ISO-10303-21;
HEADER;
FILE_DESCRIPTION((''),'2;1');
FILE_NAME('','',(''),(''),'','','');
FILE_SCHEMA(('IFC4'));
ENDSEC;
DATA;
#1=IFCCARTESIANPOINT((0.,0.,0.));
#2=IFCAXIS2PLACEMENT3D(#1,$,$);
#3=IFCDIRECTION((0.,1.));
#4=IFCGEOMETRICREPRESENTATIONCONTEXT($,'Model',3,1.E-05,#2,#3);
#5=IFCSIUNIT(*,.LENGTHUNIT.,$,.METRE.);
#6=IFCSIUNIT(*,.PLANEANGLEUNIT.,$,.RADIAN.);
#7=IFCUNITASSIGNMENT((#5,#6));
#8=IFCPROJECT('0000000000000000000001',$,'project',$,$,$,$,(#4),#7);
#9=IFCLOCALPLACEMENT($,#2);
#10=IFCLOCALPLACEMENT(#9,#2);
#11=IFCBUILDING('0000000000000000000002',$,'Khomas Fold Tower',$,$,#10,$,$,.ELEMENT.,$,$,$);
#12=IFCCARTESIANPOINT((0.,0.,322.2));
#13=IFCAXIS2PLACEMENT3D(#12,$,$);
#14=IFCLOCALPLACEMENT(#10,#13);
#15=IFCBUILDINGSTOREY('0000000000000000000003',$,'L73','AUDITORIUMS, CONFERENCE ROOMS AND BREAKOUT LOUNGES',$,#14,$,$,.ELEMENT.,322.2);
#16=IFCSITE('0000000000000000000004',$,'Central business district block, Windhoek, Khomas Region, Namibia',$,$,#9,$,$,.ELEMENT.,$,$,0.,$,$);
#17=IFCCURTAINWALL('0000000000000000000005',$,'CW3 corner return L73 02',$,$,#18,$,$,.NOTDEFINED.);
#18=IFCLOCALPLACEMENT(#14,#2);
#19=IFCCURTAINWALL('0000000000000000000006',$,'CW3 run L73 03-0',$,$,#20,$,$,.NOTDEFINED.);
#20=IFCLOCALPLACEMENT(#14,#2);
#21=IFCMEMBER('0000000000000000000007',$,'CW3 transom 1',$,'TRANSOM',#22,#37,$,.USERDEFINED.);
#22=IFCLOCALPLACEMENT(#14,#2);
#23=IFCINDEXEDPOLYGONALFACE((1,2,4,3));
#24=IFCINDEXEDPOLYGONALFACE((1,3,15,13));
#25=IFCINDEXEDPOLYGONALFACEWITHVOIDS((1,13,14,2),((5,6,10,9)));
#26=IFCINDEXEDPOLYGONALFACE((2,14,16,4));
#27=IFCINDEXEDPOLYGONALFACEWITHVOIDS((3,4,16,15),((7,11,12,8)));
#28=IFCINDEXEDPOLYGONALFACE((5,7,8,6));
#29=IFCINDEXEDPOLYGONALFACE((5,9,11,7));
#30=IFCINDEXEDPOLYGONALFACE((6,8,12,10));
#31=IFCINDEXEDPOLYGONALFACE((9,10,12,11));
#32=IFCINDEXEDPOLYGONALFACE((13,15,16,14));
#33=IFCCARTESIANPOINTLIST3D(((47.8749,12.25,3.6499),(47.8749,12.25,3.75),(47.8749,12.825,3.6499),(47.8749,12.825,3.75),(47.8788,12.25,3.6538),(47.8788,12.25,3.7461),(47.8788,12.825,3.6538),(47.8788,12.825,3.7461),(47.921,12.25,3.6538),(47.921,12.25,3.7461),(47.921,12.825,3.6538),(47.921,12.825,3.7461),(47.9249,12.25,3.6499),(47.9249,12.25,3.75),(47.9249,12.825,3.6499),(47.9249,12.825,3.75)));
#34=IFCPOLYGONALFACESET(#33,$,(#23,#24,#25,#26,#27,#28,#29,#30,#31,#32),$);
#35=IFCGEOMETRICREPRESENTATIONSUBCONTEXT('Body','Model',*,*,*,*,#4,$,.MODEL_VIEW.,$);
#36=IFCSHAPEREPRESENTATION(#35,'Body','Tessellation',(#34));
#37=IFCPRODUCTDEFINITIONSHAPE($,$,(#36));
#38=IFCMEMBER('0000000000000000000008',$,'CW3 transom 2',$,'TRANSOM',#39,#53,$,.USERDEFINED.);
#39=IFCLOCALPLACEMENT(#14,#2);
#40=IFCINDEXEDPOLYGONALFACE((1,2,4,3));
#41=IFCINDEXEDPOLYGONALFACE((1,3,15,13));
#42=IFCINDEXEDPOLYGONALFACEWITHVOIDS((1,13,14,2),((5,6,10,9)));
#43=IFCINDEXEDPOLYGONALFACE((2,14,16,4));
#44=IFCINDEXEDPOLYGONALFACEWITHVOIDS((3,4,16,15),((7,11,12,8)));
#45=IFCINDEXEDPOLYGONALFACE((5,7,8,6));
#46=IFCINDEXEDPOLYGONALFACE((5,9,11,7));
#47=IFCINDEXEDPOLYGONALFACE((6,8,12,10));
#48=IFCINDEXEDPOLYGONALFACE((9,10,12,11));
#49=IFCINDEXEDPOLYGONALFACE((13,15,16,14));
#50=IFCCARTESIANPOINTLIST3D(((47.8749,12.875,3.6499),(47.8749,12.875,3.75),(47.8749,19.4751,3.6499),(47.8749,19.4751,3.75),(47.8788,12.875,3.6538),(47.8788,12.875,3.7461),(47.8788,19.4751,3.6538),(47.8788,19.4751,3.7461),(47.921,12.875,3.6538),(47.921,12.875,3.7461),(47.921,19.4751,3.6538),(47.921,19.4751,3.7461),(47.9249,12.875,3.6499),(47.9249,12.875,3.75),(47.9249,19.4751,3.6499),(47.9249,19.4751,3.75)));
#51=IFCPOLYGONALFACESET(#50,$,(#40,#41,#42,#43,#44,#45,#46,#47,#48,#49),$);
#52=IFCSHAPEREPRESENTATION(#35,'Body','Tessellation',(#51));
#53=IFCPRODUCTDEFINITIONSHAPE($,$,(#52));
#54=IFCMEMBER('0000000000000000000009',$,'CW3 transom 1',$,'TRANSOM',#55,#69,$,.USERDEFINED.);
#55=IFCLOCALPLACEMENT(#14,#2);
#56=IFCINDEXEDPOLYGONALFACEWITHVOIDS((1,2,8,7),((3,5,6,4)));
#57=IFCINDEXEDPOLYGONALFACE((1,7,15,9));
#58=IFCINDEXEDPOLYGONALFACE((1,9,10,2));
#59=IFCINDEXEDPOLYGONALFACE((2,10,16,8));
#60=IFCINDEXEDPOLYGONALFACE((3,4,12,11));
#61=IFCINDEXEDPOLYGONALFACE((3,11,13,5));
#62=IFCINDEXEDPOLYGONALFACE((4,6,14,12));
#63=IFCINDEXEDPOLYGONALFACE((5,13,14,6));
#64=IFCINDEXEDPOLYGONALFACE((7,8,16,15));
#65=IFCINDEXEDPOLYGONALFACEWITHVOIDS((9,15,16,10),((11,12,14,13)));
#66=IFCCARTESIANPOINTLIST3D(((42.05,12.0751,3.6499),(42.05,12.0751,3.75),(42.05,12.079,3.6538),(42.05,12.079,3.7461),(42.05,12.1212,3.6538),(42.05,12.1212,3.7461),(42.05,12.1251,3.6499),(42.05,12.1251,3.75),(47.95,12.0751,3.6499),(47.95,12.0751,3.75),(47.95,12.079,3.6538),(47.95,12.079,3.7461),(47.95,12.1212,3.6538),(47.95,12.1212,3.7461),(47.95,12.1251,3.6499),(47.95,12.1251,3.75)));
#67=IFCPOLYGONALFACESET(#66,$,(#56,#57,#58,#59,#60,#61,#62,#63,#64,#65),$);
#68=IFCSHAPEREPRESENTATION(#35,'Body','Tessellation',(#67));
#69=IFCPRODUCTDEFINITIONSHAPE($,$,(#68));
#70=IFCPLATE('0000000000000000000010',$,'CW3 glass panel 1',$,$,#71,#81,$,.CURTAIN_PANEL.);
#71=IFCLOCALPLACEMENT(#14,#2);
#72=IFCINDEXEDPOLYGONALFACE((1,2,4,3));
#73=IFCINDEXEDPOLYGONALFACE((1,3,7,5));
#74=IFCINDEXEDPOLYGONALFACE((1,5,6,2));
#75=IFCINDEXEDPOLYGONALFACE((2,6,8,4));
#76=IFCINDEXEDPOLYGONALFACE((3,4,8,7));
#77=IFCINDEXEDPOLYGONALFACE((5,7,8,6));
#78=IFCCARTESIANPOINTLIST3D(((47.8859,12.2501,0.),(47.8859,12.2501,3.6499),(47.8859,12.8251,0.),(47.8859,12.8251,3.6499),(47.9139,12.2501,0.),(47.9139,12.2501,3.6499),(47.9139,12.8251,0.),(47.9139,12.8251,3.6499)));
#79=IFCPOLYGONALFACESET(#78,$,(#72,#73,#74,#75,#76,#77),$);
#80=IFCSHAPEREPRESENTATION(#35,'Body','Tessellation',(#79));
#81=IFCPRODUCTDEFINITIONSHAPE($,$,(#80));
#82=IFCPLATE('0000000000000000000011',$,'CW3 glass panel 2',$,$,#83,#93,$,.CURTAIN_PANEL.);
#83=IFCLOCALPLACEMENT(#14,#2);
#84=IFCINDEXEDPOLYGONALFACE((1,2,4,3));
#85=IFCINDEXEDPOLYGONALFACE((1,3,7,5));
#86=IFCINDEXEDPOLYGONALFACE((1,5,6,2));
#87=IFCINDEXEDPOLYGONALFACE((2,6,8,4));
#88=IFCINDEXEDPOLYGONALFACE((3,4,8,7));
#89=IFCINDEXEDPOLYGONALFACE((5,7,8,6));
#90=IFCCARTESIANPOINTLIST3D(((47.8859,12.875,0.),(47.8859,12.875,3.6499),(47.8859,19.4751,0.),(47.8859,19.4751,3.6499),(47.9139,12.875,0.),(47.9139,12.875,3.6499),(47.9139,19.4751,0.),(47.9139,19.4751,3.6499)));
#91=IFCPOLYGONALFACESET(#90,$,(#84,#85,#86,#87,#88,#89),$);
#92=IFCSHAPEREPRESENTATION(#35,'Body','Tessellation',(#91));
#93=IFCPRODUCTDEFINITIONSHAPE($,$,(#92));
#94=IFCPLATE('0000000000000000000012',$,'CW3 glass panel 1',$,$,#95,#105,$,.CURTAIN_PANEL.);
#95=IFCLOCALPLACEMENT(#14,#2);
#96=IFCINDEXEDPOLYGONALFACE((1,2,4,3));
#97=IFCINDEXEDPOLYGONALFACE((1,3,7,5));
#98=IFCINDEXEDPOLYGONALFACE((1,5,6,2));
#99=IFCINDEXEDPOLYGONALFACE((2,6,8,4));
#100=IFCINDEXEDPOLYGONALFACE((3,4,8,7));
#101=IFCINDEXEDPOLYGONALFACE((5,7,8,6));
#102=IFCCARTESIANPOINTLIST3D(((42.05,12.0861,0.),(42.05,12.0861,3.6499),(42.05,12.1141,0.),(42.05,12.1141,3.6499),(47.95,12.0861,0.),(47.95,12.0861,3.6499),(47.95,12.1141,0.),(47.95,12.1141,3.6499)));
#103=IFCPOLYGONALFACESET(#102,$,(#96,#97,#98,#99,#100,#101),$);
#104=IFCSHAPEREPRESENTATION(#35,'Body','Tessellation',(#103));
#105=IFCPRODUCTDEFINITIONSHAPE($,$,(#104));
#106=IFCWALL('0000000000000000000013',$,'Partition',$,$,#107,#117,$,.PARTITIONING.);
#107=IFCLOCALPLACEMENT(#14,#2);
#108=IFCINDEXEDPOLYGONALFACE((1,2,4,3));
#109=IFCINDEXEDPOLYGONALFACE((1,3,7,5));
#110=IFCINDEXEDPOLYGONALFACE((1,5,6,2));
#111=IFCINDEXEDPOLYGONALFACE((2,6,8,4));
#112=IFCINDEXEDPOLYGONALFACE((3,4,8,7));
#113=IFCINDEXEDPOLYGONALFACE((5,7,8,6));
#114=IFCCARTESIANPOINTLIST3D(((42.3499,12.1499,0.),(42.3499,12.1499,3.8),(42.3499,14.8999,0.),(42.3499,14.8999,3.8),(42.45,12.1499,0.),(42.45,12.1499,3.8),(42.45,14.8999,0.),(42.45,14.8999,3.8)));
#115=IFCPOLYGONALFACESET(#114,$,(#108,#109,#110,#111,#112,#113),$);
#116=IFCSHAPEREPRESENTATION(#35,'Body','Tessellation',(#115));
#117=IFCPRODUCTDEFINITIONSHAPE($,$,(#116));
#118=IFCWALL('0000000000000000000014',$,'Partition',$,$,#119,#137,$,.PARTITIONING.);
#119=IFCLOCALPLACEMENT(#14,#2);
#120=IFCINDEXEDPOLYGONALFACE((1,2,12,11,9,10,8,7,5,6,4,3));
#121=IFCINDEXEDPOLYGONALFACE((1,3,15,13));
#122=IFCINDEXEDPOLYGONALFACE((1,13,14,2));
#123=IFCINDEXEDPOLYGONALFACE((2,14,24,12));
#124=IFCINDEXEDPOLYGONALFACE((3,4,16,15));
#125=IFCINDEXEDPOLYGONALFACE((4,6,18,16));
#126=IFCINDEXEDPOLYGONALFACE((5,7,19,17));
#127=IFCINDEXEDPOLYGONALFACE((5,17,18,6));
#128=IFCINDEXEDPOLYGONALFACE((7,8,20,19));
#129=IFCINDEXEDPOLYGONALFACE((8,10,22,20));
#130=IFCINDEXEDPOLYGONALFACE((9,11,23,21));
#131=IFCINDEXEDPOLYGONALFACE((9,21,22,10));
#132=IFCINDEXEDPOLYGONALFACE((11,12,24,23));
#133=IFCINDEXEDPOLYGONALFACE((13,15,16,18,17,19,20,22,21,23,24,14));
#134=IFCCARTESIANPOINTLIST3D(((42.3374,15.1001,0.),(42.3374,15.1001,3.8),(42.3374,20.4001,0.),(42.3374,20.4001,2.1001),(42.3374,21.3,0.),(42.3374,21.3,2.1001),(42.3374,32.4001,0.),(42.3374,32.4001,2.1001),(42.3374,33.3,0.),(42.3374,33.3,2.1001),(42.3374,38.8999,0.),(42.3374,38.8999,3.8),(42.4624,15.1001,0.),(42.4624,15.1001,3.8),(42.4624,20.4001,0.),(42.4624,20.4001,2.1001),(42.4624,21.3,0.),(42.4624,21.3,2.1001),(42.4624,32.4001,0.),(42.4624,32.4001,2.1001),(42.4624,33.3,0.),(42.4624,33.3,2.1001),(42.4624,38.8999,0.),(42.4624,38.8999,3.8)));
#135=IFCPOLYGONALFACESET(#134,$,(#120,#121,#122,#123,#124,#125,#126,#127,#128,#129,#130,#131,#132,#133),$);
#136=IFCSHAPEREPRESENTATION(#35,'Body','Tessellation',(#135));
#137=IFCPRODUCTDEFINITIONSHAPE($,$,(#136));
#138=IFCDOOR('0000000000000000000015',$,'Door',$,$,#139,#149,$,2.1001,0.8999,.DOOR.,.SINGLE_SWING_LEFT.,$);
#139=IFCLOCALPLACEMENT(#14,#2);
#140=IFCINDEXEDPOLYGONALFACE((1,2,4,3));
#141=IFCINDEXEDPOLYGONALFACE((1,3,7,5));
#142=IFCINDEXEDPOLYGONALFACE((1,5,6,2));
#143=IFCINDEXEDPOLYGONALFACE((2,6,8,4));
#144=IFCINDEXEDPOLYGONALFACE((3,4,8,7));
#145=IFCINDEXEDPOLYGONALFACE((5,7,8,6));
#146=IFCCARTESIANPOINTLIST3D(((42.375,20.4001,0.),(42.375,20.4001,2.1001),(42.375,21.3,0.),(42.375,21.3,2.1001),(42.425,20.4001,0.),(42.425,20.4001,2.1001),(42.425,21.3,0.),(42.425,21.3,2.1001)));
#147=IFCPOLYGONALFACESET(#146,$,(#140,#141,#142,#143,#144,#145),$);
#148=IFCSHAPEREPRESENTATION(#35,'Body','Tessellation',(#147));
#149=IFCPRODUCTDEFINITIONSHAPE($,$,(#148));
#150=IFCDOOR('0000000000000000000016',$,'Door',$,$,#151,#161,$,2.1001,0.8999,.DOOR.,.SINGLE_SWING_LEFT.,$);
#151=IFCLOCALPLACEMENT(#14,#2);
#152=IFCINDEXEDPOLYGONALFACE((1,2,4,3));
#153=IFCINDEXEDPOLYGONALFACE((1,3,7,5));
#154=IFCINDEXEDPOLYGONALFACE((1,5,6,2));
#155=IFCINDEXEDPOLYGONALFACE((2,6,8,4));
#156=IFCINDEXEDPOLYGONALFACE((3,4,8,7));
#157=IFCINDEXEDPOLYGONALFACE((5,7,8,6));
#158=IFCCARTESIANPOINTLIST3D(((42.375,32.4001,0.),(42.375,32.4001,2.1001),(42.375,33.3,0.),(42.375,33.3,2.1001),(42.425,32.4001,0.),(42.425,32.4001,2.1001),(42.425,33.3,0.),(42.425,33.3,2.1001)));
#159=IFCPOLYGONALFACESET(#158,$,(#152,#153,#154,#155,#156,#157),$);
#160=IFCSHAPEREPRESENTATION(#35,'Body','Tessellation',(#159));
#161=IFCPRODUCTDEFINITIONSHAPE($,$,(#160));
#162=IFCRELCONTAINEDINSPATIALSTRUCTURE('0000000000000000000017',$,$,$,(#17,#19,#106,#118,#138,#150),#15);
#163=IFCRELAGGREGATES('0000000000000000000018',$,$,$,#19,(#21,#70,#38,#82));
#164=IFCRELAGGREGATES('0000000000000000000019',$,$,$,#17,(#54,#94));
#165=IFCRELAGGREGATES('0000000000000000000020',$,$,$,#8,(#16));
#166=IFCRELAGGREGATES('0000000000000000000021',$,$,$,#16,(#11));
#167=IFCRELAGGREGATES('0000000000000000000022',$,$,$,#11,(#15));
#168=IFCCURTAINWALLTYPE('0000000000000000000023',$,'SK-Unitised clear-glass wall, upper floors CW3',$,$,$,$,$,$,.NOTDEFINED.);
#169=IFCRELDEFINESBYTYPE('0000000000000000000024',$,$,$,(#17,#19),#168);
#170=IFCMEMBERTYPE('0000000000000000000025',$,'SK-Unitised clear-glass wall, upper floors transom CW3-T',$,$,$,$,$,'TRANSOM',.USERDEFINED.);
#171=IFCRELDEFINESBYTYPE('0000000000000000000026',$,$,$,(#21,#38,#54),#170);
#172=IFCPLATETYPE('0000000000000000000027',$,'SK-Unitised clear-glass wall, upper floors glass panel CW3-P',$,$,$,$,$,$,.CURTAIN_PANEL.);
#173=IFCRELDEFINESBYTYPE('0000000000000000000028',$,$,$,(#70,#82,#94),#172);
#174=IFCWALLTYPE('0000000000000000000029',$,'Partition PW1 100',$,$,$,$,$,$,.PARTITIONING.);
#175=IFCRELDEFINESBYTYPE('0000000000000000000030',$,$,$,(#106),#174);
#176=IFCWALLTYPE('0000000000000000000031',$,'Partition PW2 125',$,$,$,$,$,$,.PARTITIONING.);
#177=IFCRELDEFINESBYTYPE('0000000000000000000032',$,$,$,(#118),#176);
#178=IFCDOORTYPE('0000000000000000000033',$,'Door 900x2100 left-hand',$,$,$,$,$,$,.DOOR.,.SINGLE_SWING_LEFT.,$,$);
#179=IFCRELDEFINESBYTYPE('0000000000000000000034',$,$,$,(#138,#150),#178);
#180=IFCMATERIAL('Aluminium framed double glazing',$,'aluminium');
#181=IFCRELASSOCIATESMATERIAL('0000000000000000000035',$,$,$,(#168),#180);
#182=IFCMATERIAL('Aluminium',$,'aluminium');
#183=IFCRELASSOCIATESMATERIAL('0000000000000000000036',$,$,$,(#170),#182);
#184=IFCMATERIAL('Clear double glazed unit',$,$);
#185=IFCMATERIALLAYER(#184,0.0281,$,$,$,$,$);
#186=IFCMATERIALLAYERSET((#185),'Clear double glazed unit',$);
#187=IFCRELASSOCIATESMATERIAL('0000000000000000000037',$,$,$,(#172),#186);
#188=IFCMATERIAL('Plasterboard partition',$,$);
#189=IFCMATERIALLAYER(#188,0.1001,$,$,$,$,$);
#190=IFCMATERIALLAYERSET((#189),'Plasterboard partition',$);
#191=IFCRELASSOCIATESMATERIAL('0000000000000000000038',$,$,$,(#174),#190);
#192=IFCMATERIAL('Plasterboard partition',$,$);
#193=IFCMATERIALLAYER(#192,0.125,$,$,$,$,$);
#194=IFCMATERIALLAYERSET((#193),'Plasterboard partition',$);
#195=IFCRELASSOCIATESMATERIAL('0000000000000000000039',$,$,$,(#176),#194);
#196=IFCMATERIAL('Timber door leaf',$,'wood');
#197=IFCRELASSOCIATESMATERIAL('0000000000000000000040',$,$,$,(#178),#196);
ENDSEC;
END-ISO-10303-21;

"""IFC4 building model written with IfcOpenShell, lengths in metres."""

from ifc_helpers import new_model, si_unit, direction, frame, frame_2d, origin, origin_2d, place, context, subcontext, project, spatial, rectangle, hollow_rectangle, extrude, source, transform, mapped, material, layer, layer_set, material_profile, profile_set, type_object, element, fill, aggregate, save


model = new_model("IFC4")

# Units and contexts
model_context = context("Model", 3, precision=1e-05, world=origin(), true_north=direction((0.0, 1.0)))
body_context = subcontext(model_context, "Body", "Model", "MODEL_VIEW")
ifc_project = project(units=[si_unit("LENGTHUNIT", "METRE"), si_unit("PLANEANGLEUNIT", "RADIAN")], contexts=[model_context])

# Site, building, storey
site_placement = place(None, origin())
site = spatial("IfcSite", under=ifc_project, at=site_placement, Name="Central business district block, Windhoek, Khomas Region, Namibia", CompositionType="ELEMENT", RefElevation=0.0)
building_placement = place(site_placement, origin())
building = spatial("IfcBuilding", under=site, at=building_placement, Name="Khomas Fold Tower", CompositionType="ELEMENT")
storey_placement = place(building_placement, frame((0.0, 0.0, 322.2)))
storey = spatial("IfcBuildingStorey", under=building, at=storey_placement, Name="L73", Description="AUDITORIUMS, CONFERENCE ROOMS AND BREAKOUT LOUNGES", CompositionType="ELEMENT", Elevation=322.2)

# Shared definitions
ifc_material_1 = material(Name="Aluminium framed double glazing", Category="aluminium")
curtain_wall_type = type_object("IfcCurtainWallType", Name="SK-Unitised clear-glass wall, upper floors CW3", PredefinedType="NOTDEFINED", material=ifc_material_1)

# Curtain walls, members
curtain_wall_1_placement = place(storey_placement, origin())
curtain_wall_1 = element("IfcCurtainWall", 1, at=curtain_wall_1_placement, inside=storey, type_object=curtain_wall_type, Name="CW3 corner return L73 02", PredefinedType="NOTDEFINED")
curtain_wall_2_placement = place(storey_placement, origin())
curtain_wall_2 = element("IfcCurtainWall", 2, at=curtain_wall_2_placement, inside=storey, type_object=curtain_wall_type, Name="CW3 run L73 03-0", PredefinedType="NOTDEFINED")
ifc_material_2 = material(Name="Aluminium", Category="aluminium")
ifc_material_profile_1 = material_profile(ifc_material_2, hollow_rectangle(XDim=0.05, YDim=0.1001, WallThickness=0.0039, at=origin_2d()), Name="SK-Unitised clear-glass wall, upper floors transom CW3-T")
ifc_profile_set_1 = profile_set([ifc_material_profile_1], Name="Aluminium")
member_type_1 = type_object("IfcMemberType", Name="SK-Unitised clear-glass wall, upper floors transom CW3-T", ElementType="TRANSOM", PredefinedType="USERDEFINED", material=ifc_profile_set_1)
shared_shape_1 = source(origin(), body_context, "Body", "SweptSolid", [
    extrude(hollow_rectangle(XDim=0.05, YDim=0.1001, WallThickness=0.0039, at=origin_2d()), origin(), (0.0, 0.0, 1.0), 0.575),
])
member_1_placement = place(storey_placement, frame((47.8999, 12.25, 3.7), z_axis=(0.0, 1.0, 0.0), x_axis=(-1.0, 0.0, 0.0)))
member_1 = element("IfcMember", 3, at=member_1_placement, type_object=member_type_1, Name="CW3 transom 1", ObjectType="TRANSOM", PredefinedType="USERDEFINED", context=body_context, shape_type="MappedRepresentation", body=[
    mapped(shared_shape_1, transform((0.0, 0.0, 0.0))),
])
shared_shape_2 = source(origin(), body_context, "Body", "SweptSolid", [
    extrude(hollow_rectangle(XDim=0.05, YDim=0.1001, WallThickness=0.0039, at=origin_2d()), origin(), (0.0, 0.0, 1.0), 6.6001),
])
member_2_placement = place(storey_placement, frame((47.8999, 12.875, 3.7), z_axis=(0.0, 1.0, 0.0), x_axis=(-1.0, 0.0, 0.0)))
member_2 = element("IfcMember", 4, at=member_2_placement, type_object=member_type_1, Name="CW3 transom 2", ObjectType="TRANSOM", PredefinedType="USERDEFINED", context=body_context, shape_type="MappedRepresentation", body=[
    mapped(shared_shape_2, transform((0.0, 0.0, 0.0))),
])

# Member
shared_shape_3 = source(origin(), body_context, "Body", "SweptSolid", [
    extrude(hollow_rectangle(XDim=0.05, YDim=0.1001, WallThickness=0.0039, at=origin_2d()), origin(), (0.0, 0.0, 1.0), 5.8999),
])
member_3_placement = place(storey_placement, frame((42.05, 12.1001, 3.7), z_axis=(1.0, 0.0, 0.0), x_axis=(0.0, 1.0, 0.0)))
member_3 = element("IfcMember", 5, at=member_3_placement, type_object=member_type_1, Name="CW3 transom 1", ObjectType="TRANSOM", PredefinedType="USERDEFINED", context=body_context, shape_type="MappedRepresentation", body=[
    mapped(shared_shape_3, transform((0.0, 0.0, 0.0))),
])

# Plates
ifc_material_3 = material(Name="Clear double glazed unit")
ifc_layer_1 = layer(ifc_material_3, 0.0281)
ifc_layer_set_1 = layer_set([ifc_layer_1], Name="Clear double glazed unit")
plate_type = type_object("IfcPlateType", Name="SK-Unitised clear-glass wall, upper floors glass panel CW3-P", PredefinedType="CURTAIN_PANEL", material=ifc_layer_set_1)
shared_shape_4 = source(origin(), body_context, "Body", "SweptSolid", [
    extrude(rectangle(XDim=0.575, YDim=0.0281, at=origin_2d()), origin(), (0.0, 0.0, 1.0), 3.6499),
])
plate_1_placement = place(storey_placement, frame((47.8999, 12.5376, 0.0), z_axis=(0.0, 0.0, 1.0), x_axis=(0.0, 1.0, 0.0)))
plate_1 = element("IfcPlate", 6, at=plate_1_placement, type_object=plate_type, Name="CW3 glass panel 1", PredefinedType="CURTAIN_PANEL", context=body_context, shape_type="MappedRepresentation", body=[
    mapped(shared_shape_4, transform((0.0, 0.0, 0.0))),
])
shared_shape_5 = source(origin(), body_context, "Body", "SweptSolid", [
    extrude(rectangle(XDim=6.6001, YDim=0.0281, at=origin_2d()), origin(), (0.0, 0.0, 1.0), 3.6499),
])
plate_2_placement = place(storey_placement, frame((47.8999, 16.175, 0.0), z_axis=(0.0, 0.0, 1.0), x_axis=(0.0, 1.0, 0.0)))
plate_2 = element("IfcPlate", 7, at=plate_2_placement, type_object=plate_type, Name="CW3 glass panel 2", PredefinedType="CURTAIN_PANEL", context=body_context, shape_type="MappedRepresentation", body=[
    mapped(shared_shape_5, transform((0.0, 0.0, 0.0))),
])
aggregate(curtain_wall_2, [member_1, plate_1, member_2, plate_2])
shared_shape_6 = source(origin(), body_context, "Body", "SweptSolid", [
    extrude(rectangle(XDim=5.8999, YDim=0.0281, at=origin_2d()), origin(), (0.0, 0.0, 1.0), 3.6499),
])
plate_3_placement = place(storey_placement, frame((45.0, 12.1001, 0.0), z_axis=(0.0, 0.0, 1.0), x_axis=(1.0, 0.0, 0.0)))
plate_3 = element("IfcPlate", 8, at=plate_3_placement, type_object=plate_type, Name="CW3 glass panel 1", PredefinedType="CURTAIN_PANEL", context=body_context, shape_type="MappedRepresentation", body=[
    mapped(shared_shape_6, transform((0.0, 0.0, 0.0))),
])
aggregate(curtain_wall_1, [member_3, plate_3])

# Wall
ifc_material_4 = material(Name="Plasterboard partition")
ifc_layer_2 = layer(ifc_material_4, 0.1001)
ifc_layer_set_2 = layer_set([ifc_layer_2], Name="Plasterboard partition")
wall_type_1 = type_object("IfcWallType", Name="Partition PW1 100", PredefinedType="PARTITIONING", material=ifc_layer_set_2)
shared_shape_7 = source(origin(), body_context, "Body", "SweptSolid", [
    extrude(rectangle(XDim=2.75, YDim=0.1001, at=frame_2d((1.375, 0.0))), origin(), (0.0, 0.0, 1.0), 3.8),
])
wall_1_placement = place(storey_placement, frame((42.3999, 12.1499, 0.0), z_axis=(0.0, 0.0, 1.0), x_axis=(0.0, 1.0, 0.0)))
element("IfcWall", 9, at=wall_1_placement, inside=storey, type_object=wall_type_1, Name="Partition", PredefinedType="PARTITIONING", context=body_context, shape_type="MappedRepresentation", body=[
    mapped(shared_shape_7, transform((0.0, 0.0, 0.0))),
])

# Wall, openings, doors
ifc_material_5 = material(Name="Plasterboard partition")
ifc_layer_3 = layer(ifc_material_5, 0.125)
ifc_layer_set_3 = layer_set([ifc_layer_3], Name="Plasterboard partition")
wall_type_2 = type_object("IfcWallType", Name="Partition PW2 125", PredefinedType="PARTITIONING", material=ifc_layer_set_3)
shared_shape_8 = source(origin(), body_context, "Body", "SweptSolid", [
    extrude(rectangle(XDim=23.7998, YDim=0.125, at=frame_2d((11.8999, 0.0))), origin(), (0.0, 0.0, 1.0), 3.8),
])
wall_2_placement = place(storey_placement, frame((42.3999, 15.1001, 0.0), z_axis=(0.0, 0.0, 1.0), x_axis=(0.0, 1.0, 0.0)))
wall_2 = element("IfcWall", 10, at=wall_2_placement, inside=storey, type_object=wall_type_2, Name="Partition", PredefinedType="PARTITIONING", context=body_context, shape_type="MappedRepresentation", body=[
    mapped(shared_shape_8, transform((0.0, 0.0, 0.0))),
])
shared_shape_9 = source(origin(), body_context, "Body", "SweptSolid", [
    extrude(rectangle(XDim=0.8999, YDim=2.1001, at=frame_2d((0.45, 1.05))), frame((0.0, 0.0725, 0.0), z_axis=(0.0, -1.0, 0.0), x_axis=(1.0, 0.0, 0.0)), (0.0, 0.0, 1.0), 0.145),
])
opening_1_placement = place(wall_2_placement, frame((5.3, 0.0, 0.0)))
opening_1 = element("IfcOpeningElement", 11, at=opening_1_placement, cuts=wall_2, PredefinedType="OPENING", context=body_context, shape_type="MappedRepresentation", body=[
    mapped(shared_shape_9, transform((0.0, 0.0, 0.0))),
])
opening_2_placement = place(wall_2_placement, frame((17.3, 0.0, 0.0)))
opening_2 = element("IfcOpeningElement", 12, at=opening_2_placement, cuts=wall_2, PredefinedType="OPENING", context=body_context, shape_type="MappedRepresentation", body=[
    mapped(shared_shape_9, transform((0.0, 0.0, 0.0))),
])
ifc_material_6 = material(Name="Timber door leaf", Category="wood")
door_type = type_object("IfcDoorType", Name="Door 900x2100 left-hand", OperationType="SINGLE_SWING_LEFT", PredefinedType="DOOR", material=ifc_material_6)
shared_shape_10 = source(origin(), body_context, "Body", "SweptSolid", [
    extrude(rectangle(XDim=0.8999, YDim=2.1001, at=frame_2d((0.45, 1.05))), frame((0.0, 0.0249, 0.0), z_axis=(0.0, -1.0, 0.0), x_axis=(1.0, 0.0, 0.0)), (0.0, 0.0, 1.0), 0.05),
])
door_1_placement = place(opening_1_placement, origin())
door_1 = element("IfcDoor", 13, at=door_1_placement, inside=storey, type_object=door_type, Name="Door", OperationType="SINGLE_SWING_LEFT", OverallHeight=2.1001, OverallWidth=0.8999, PredefinedType="DOOR", context=body_context, shape_type="MappedRepresentation", body=[
    mapped(shared_shape_10, transform((0.0, 0.0, 0.0))),
])
fill(opening_1, door_1)
door_2_placement = place(opening_2_placement, origin())
door_2 = element("IfcDoor", 14, at=door_2_placement, inside=storey, type_object=door_type, Name="Door", OperationType="SINGLE_SWING_LEFT", OverallHeight=2.1001, OverallWidth=0.8999, PredefinedType="DOOR", context=body_context, shape_type="MappedRepresentation", body=[
    mapped(shared_shape_10, transform((0.0, 0.0, 0.0))),
])
fill(opening_2, door_2)

save(model, "model.ifc")
